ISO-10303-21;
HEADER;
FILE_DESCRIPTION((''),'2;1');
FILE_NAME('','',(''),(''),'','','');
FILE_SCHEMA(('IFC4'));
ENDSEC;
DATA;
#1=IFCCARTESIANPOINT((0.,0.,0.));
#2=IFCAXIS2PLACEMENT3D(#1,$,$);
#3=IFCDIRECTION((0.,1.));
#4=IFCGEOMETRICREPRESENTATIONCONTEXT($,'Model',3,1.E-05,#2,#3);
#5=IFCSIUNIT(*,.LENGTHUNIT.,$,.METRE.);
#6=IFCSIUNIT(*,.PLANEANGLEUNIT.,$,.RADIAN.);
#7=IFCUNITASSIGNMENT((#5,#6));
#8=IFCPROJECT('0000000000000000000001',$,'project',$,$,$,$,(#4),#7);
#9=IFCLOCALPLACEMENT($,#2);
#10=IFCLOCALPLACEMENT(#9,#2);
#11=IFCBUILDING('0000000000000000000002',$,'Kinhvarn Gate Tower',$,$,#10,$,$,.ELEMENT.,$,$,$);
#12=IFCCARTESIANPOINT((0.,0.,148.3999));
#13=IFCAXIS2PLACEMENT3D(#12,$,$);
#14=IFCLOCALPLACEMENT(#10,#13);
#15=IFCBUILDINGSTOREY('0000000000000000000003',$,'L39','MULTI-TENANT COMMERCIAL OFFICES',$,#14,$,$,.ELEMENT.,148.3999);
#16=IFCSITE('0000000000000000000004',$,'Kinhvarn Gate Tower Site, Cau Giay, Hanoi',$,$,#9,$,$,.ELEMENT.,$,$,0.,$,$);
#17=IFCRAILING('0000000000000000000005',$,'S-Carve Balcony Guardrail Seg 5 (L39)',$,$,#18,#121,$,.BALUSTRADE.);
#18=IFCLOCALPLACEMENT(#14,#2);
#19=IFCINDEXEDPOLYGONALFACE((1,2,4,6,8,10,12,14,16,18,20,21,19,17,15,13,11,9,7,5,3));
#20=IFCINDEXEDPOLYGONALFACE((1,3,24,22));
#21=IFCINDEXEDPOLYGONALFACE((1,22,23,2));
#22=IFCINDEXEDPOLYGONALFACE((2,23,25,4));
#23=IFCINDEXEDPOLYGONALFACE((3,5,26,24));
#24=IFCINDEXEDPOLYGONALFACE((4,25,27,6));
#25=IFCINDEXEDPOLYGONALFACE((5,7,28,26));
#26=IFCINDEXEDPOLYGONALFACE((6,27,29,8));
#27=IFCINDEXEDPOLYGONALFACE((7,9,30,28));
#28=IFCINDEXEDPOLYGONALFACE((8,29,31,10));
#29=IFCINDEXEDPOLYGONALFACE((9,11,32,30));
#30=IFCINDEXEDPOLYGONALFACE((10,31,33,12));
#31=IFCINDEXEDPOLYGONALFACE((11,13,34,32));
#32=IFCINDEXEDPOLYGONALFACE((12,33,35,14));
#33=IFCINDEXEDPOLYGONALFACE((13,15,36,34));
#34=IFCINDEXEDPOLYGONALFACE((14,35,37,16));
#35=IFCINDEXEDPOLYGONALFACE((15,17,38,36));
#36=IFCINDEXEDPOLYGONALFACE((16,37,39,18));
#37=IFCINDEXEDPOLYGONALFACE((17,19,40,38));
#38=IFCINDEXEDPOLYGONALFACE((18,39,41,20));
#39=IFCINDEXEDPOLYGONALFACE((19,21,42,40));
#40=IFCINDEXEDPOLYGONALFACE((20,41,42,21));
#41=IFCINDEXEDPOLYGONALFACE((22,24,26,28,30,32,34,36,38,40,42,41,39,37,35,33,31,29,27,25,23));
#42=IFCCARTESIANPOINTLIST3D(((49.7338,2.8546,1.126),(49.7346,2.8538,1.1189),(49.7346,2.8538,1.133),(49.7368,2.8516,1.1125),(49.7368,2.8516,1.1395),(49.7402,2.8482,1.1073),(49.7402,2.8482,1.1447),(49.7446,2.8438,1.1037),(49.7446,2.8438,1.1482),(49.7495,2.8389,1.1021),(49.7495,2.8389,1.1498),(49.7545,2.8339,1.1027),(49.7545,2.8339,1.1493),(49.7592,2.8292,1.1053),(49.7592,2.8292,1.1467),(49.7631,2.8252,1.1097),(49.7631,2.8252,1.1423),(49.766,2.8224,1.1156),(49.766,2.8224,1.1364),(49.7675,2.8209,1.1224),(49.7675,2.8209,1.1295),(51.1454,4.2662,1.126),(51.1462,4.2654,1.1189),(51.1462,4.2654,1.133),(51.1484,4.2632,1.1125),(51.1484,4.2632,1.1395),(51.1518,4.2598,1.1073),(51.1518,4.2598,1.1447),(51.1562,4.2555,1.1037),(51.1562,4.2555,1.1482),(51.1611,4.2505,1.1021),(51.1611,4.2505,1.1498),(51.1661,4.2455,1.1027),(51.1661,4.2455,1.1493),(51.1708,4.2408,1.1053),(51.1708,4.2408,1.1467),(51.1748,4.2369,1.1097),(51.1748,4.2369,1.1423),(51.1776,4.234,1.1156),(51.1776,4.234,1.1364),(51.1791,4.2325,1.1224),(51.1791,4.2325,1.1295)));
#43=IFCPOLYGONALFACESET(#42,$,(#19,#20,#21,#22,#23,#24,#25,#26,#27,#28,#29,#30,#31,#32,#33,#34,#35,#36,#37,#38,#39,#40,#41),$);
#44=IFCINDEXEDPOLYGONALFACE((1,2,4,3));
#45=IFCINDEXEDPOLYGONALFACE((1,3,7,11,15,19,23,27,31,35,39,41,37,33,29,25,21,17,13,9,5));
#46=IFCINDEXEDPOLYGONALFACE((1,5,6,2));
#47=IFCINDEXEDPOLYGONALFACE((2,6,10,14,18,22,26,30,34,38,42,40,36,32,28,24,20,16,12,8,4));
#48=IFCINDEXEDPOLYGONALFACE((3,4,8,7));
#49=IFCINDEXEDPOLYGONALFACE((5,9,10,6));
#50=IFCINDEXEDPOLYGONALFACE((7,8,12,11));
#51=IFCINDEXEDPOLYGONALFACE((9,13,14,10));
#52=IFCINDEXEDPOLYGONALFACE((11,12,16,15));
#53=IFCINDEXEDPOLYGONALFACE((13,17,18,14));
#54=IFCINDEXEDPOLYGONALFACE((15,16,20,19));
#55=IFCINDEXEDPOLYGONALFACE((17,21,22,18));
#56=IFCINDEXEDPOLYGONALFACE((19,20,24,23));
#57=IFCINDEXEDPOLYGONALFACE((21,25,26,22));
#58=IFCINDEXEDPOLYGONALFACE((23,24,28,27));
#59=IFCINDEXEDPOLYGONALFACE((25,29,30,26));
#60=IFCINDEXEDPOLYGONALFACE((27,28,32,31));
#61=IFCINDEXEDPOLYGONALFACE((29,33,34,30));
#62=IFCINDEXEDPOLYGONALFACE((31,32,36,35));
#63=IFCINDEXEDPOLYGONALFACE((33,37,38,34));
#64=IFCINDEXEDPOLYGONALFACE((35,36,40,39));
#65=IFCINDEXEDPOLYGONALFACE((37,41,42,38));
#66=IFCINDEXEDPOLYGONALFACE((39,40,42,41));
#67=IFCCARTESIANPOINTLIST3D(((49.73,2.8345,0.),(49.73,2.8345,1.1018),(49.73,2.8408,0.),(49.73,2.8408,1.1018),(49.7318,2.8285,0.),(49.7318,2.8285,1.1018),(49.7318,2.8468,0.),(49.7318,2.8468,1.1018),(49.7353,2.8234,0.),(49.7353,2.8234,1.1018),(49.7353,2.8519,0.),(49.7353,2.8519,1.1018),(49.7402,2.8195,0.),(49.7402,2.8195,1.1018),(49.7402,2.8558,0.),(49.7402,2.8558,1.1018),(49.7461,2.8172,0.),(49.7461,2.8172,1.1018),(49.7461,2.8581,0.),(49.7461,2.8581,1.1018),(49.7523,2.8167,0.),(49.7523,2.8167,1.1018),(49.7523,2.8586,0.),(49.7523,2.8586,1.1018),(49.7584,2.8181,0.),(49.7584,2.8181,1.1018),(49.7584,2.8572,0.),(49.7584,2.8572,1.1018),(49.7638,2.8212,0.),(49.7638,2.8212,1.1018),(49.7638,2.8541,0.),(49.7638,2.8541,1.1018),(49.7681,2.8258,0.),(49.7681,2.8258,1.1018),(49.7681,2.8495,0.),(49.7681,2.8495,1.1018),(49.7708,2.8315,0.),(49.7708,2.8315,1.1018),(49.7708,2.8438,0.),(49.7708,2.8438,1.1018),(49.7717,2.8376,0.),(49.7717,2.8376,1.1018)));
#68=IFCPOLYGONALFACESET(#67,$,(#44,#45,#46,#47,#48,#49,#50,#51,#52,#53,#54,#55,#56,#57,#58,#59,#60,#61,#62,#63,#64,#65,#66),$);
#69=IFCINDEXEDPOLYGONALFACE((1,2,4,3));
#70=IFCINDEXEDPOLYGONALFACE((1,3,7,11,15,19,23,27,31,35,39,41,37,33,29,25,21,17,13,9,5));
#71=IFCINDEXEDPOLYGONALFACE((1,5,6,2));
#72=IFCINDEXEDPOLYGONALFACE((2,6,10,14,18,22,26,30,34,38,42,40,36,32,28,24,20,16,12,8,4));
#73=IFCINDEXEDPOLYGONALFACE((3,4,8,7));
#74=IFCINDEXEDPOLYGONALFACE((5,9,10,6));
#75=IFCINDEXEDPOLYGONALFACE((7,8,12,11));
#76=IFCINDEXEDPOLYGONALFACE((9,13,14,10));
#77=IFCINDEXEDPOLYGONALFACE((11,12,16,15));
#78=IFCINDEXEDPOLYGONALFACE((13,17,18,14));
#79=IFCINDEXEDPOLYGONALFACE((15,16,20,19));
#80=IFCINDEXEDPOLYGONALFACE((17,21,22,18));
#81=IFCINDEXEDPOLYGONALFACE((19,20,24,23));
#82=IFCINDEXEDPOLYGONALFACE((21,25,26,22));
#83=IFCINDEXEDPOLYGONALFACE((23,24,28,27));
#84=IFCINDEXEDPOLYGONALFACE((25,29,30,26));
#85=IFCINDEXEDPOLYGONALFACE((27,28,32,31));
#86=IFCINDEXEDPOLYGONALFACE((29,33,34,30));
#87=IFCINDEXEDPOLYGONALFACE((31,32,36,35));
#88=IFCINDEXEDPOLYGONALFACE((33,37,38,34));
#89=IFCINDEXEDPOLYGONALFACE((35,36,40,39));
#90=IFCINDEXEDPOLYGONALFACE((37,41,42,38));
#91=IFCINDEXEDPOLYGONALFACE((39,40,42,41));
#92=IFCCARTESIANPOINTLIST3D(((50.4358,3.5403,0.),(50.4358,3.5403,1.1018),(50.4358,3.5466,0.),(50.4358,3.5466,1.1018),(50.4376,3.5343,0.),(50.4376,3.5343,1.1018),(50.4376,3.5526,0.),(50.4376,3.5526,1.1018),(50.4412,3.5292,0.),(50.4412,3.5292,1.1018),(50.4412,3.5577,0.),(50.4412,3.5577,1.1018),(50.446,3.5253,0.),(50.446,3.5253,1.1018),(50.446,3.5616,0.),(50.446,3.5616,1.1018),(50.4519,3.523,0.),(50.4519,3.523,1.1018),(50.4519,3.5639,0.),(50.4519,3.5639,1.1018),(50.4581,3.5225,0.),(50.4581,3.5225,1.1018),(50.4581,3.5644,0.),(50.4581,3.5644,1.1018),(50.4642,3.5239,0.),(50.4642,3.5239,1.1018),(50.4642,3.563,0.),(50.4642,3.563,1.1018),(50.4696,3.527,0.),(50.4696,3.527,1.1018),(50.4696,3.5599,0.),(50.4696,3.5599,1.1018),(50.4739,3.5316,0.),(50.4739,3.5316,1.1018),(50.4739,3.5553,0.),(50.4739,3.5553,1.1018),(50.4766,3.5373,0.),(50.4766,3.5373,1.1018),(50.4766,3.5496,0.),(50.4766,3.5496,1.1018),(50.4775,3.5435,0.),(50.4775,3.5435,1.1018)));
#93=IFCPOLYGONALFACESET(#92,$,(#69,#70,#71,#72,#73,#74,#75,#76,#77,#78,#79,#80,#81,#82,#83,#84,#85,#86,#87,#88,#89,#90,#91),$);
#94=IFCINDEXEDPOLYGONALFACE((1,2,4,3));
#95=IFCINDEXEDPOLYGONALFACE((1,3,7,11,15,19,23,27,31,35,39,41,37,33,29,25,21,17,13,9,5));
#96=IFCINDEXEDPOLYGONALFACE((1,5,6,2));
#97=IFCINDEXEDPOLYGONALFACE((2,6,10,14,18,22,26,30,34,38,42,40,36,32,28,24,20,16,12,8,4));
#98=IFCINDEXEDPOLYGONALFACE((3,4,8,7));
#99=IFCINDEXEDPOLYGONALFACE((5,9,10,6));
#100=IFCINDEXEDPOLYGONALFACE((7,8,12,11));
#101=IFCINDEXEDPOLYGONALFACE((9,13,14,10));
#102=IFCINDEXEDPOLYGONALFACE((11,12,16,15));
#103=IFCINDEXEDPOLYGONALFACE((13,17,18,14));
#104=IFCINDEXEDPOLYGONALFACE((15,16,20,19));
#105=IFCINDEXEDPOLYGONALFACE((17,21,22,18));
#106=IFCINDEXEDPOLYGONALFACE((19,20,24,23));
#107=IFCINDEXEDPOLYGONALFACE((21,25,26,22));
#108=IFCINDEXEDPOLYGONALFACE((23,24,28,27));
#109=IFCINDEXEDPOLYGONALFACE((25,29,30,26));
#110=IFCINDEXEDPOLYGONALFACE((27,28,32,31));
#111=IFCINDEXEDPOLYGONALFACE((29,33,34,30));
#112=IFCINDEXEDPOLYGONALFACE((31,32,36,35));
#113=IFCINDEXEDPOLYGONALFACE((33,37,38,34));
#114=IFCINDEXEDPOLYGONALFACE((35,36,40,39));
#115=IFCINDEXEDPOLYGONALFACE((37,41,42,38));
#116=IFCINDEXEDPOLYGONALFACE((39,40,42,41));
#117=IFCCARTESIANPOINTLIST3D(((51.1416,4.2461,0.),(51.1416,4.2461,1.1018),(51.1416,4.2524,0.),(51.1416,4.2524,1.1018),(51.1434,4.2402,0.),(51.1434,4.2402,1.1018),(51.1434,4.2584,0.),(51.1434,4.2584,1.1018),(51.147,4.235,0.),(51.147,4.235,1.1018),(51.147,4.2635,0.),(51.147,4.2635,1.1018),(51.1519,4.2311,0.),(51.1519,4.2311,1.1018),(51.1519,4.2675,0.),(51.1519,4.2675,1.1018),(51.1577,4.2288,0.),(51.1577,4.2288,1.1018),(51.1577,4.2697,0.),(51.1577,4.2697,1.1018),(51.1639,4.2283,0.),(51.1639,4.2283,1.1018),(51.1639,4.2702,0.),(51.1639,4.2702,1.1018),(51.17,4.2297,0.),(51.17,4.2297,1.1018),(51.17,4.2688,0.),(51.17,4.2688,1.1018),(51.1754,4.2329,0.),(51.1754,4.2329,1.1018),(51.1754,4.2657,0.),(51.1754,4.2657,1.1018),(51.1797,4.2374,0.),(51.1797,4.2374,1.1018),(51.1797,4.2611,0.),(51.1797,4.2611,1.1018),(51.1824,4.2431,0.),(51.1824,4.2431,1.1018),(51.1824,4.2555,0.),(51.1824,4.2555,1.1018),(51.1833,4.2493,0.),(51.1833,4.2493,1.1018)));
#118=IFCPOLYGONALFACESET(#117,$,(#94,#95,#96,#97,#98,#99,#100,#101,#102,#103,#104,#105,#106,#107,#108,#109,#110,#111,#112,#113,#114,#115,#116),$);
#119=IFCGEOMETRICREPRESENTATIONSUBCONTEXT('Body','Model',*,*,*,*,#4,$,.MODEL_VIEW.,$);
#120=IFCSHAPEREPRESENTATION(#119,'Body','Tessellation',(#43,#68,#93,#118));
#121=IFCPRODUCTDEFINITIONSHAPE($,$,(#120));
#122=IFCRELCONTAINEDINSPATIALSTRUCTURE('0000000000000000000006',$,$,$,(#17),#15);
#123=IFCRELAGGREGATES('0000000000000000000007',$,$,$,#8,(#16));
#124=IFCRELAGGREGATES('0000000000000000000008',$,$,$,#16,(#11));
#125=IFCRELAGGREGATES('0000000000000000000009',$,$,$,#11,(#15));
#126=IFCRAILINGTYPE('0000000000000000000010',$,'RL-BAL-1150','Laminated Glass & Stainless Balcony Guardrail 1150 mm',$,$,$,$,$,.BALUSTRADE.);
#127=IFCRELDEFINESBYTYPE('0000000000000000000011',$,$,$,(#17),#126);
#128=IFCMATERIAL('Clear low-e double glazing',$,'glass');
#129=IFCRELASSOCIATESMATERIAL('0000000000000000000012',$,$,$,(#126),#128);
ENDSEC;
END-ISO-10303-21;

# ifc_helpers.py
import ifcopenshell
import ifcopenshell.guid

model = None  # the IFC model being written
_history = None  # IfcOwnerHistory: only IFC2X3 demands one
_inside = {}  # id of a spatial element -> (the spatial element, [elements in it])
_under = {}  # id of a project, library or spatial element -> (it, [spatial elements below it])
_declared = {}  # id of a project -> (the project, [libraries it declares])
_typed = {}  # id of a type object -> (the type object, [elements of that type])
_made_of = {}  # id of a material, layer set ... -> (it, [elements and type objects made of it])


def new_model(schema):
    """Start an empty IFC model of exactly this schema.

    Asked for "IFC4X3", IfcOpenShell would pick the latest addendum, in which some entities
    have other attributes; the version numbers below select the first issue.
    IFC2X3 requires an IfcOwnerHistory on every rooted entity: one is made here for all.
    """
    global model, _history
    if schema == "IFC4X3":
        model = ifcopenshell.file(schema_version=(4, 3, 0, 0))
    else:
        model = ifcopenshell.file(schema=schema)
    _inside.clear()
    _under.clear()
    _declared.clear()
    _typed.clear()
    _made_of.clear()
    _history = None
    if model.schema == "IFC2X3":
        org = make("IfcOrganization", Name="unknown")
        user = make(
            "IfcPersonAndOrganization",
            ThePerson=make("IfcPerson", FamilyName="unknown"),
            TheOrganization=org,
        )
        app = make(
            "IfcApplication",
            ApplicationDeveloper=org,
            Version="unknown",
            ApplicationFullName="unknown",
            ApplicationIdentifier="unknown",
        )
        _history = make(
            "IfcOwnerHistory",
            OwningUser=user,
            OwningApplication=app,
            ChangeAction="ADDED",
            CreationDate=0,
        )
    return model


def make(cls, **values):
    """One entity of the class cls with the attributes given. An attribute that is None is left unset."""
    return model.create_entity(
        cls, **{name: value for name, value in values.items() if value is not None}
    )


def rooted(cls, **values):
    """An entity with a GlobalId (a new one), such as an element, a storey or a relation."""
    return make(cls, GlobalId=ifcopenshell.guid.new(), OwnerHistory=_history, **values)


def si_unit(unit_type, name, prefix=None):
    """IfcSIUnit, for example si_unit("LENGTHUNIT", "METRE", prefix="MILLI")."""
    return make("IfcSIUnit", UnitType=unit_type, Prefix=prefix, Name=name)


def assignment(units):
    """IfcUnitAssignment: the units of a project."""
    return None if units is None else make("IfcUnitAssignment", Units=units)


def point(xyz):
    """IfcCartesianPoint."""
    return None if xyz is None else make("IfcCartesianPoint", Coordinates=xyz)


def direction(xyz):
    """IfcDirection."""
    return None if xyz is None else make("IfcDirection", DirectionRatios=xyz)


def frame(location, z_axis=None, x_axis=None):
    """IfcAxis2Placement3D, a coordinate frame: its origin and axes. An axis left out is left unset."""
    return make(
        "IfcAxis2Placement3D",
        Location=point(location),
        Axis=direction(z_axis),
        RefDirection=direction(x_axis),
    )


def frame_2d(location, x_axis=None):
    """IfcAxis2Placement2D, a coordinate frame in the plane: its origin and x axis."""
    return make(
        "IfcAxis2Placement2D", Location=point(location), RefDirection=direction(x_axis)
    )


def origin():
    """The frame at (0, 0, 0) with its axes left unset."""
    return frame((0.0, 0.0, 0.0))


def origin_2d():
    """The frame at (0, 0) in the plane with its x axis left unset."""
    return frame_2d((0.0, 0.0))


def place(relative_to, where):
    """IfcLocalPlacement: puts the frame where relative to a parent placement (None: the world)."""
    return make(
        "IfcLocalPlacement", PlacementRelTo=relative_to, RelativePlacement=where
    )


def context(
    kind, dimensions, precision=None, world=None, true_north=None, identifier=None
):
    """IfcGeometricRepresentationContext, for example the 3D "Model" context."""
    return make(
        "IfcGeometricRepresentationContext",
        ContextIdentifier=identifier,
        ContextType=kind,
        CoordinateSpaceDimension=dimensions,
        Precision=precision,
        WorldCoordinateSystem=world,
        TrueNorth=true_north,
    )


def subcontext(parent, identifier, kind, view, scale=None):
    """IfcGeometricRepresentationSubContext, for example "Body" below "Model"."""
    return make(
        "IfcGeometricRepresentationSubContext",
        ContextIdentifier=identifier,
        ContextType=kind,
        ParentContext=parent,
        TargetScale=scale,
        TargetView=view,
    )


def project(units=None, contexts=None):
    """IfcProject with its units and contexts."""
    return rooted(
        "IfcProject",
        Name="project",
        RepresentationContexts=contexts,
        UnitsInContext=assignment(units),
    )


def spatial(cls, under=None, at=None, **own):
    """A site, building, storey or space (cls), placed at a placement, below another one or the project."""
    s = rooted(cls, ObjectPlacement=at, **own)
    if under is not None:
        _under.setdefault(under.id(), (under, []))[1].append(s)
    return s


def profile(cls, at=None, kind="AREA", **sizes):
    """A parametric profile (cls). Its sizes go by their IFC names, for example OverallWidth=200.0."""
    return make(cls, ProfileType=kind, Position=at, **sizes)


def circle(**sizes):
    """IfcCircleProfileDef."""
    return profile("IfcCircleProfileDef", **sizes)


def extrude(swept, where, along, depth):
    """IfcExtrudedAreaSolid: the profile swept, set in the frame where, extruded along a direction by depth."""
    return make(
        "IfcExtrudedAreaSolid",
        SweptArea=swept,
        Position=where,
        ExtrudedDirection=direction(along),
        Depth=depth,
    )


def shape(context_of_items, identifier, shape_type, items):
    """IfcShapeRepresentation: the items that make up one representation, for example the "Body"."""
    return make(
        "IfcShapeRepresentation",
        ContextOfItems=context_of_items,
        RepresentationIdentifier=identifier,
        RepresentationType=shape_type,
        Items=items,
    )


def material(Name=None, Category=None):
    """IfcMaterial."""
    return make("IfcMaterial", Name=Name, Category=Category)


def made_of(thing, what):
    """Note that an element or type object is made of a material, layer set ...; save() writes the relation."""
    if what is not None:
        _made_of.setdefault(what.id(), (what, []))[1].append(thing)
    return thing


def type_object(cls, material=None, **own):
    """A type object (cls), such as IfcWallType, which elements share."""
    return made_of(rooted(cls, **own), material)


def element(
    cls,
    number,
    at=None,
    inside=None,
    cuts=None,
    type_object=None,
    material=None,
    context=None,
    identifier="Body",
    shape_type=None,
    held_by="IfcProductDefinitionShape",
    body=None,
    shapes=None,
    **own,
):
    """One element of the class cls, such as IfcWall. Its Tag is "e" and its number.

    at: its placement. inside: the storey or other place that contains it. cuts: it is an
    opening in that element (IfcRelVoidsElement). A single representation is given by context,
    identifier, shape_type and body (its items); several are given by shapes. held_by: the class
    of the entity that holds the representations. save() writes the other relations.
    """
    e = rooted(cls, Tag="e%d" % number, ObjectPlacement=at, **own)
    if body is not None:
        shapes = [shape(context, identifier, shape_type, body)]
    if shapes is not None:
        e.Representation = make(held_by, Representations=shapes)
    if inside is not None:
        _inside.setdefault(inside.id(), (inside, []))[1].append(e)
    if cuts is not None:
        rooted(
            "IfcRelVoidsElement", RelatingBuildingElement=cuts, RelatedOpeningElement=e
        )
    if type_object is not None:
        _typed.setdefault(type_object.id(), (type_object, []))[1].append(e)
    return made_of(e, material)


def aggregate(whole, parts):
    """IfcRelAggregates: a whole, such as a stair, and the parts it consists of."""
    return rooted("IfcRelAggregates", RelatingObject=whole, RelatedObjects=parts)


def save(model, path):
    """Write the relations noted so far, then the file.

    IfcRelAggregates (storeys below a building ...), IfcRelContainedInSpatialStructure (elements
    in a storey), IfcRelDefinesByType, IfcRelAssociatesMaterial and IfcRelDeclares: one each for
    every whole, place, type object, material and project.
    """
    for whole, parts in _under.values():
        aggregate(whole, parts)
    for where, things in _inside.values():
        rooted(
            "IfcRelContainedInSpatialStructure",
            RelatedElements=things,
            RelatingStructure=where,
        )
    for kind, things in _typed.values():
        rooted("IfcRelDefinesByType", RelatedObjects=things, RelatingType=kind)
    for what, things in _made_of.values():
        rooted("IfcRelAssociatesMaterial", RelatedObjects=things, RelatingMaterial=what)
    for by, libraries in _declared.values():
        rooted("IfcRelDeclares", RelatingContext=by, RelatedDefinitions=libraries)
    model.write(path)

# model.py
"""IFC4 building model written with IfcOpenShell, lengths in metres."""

from ifc_helpers import new_model, si_unit, direction, frame, origin, origin_2d, place, context, subcontext, project, spatial, circle, extrude, material, type_object, element, save


model = new_model("IFC4")

# Units and contexts
model_context = context("Model", 3, precision=1e-05, world=origin(), true_north=direction((0.0, 1.0)))
body_context = subcontext(model_context, "Body", "Model", "MODEL_VIEW")
ifc_project = project(units=[si_unit("LENGTHUNIT", "METRE"), si_unit("PLANEANGLEUNIT", "RADIAN")], contexts=[model_context])

# Site, building, storey
site_placement = place(None, origin())
site = spatial("IfcSite", under=ifc_project, at=site_placement, Name="Kinhvarn Gate Tower Site, Cau Giay, Hanoi", CompositionType="ELEMENT", RefElevation=0.0)
building_placement = place(site_placement, origin())
building = spatial("IfcBuilding", under=site, at=building_placement, Name="Kinhvarn Gate Tower", CompositionType="ELEMENT")
storey_placement = place(building_placement, frame((0.0, 0.0, 148.3999)))
storey = spatial("IfcBuildingStorey", under=building, at=storey_placement, Name="L39", Description="MULTI-TENANT COMMERCIAL OFFICES", CompositionType="ELEMENT", Elevation=148.3999)

# Shared definitions
ifc_material_1 = material(Name="Clear low-e double glazing", Category="glass")

# Railing
railing_type = type_object("IfcRailingType", Name="RL-BAL-1150", Description="Laminated Glass & Stainless Balcony Guardrail 1150 mm", PredefinedType="BALUSTRADE", material=ifc_material_1)
railing_1_placement = place(storey_placement, frame((49.7507, 2.8376, 0.0)))
element("IfcRailing", 1, at=railing_1_placement, inside=storey, type_object=railing_type, Name="S-Carve Balcony Guardrail Seg 5 (L39)", PredefinedType="BALUSTRADE", context=body_context, shape_type="SweptSolid", body=[
    extrude(circle(Radius=0.0239, at=origin_2d()), frame((0.0, 0.0, 1.126), z_axis=(0.707107, 0.707107, 0.0), x_axis=(-0.707107, 0.707107, 0.0)), (0.0, 0.0, 1.0), 1.9963),
    extrude(circle(Radius=0.021, at=origin_2d()), origin(), (0.0, 0.0, 1.0), 1.1018),
    extrude(circle(Radius=0.021, at=origin_2d()), frame((0.7058, 0.7058, 0.0)), (0.0, 0.0, 1.0), 1.1018),
    extrude(circle(Radius=0.021, at=origin_2d()), frame((1.4116, 1.4116, 0.0)), (0.0, 0.0, 1.0), 1.1018),
])

save(model, "model.ifc")
